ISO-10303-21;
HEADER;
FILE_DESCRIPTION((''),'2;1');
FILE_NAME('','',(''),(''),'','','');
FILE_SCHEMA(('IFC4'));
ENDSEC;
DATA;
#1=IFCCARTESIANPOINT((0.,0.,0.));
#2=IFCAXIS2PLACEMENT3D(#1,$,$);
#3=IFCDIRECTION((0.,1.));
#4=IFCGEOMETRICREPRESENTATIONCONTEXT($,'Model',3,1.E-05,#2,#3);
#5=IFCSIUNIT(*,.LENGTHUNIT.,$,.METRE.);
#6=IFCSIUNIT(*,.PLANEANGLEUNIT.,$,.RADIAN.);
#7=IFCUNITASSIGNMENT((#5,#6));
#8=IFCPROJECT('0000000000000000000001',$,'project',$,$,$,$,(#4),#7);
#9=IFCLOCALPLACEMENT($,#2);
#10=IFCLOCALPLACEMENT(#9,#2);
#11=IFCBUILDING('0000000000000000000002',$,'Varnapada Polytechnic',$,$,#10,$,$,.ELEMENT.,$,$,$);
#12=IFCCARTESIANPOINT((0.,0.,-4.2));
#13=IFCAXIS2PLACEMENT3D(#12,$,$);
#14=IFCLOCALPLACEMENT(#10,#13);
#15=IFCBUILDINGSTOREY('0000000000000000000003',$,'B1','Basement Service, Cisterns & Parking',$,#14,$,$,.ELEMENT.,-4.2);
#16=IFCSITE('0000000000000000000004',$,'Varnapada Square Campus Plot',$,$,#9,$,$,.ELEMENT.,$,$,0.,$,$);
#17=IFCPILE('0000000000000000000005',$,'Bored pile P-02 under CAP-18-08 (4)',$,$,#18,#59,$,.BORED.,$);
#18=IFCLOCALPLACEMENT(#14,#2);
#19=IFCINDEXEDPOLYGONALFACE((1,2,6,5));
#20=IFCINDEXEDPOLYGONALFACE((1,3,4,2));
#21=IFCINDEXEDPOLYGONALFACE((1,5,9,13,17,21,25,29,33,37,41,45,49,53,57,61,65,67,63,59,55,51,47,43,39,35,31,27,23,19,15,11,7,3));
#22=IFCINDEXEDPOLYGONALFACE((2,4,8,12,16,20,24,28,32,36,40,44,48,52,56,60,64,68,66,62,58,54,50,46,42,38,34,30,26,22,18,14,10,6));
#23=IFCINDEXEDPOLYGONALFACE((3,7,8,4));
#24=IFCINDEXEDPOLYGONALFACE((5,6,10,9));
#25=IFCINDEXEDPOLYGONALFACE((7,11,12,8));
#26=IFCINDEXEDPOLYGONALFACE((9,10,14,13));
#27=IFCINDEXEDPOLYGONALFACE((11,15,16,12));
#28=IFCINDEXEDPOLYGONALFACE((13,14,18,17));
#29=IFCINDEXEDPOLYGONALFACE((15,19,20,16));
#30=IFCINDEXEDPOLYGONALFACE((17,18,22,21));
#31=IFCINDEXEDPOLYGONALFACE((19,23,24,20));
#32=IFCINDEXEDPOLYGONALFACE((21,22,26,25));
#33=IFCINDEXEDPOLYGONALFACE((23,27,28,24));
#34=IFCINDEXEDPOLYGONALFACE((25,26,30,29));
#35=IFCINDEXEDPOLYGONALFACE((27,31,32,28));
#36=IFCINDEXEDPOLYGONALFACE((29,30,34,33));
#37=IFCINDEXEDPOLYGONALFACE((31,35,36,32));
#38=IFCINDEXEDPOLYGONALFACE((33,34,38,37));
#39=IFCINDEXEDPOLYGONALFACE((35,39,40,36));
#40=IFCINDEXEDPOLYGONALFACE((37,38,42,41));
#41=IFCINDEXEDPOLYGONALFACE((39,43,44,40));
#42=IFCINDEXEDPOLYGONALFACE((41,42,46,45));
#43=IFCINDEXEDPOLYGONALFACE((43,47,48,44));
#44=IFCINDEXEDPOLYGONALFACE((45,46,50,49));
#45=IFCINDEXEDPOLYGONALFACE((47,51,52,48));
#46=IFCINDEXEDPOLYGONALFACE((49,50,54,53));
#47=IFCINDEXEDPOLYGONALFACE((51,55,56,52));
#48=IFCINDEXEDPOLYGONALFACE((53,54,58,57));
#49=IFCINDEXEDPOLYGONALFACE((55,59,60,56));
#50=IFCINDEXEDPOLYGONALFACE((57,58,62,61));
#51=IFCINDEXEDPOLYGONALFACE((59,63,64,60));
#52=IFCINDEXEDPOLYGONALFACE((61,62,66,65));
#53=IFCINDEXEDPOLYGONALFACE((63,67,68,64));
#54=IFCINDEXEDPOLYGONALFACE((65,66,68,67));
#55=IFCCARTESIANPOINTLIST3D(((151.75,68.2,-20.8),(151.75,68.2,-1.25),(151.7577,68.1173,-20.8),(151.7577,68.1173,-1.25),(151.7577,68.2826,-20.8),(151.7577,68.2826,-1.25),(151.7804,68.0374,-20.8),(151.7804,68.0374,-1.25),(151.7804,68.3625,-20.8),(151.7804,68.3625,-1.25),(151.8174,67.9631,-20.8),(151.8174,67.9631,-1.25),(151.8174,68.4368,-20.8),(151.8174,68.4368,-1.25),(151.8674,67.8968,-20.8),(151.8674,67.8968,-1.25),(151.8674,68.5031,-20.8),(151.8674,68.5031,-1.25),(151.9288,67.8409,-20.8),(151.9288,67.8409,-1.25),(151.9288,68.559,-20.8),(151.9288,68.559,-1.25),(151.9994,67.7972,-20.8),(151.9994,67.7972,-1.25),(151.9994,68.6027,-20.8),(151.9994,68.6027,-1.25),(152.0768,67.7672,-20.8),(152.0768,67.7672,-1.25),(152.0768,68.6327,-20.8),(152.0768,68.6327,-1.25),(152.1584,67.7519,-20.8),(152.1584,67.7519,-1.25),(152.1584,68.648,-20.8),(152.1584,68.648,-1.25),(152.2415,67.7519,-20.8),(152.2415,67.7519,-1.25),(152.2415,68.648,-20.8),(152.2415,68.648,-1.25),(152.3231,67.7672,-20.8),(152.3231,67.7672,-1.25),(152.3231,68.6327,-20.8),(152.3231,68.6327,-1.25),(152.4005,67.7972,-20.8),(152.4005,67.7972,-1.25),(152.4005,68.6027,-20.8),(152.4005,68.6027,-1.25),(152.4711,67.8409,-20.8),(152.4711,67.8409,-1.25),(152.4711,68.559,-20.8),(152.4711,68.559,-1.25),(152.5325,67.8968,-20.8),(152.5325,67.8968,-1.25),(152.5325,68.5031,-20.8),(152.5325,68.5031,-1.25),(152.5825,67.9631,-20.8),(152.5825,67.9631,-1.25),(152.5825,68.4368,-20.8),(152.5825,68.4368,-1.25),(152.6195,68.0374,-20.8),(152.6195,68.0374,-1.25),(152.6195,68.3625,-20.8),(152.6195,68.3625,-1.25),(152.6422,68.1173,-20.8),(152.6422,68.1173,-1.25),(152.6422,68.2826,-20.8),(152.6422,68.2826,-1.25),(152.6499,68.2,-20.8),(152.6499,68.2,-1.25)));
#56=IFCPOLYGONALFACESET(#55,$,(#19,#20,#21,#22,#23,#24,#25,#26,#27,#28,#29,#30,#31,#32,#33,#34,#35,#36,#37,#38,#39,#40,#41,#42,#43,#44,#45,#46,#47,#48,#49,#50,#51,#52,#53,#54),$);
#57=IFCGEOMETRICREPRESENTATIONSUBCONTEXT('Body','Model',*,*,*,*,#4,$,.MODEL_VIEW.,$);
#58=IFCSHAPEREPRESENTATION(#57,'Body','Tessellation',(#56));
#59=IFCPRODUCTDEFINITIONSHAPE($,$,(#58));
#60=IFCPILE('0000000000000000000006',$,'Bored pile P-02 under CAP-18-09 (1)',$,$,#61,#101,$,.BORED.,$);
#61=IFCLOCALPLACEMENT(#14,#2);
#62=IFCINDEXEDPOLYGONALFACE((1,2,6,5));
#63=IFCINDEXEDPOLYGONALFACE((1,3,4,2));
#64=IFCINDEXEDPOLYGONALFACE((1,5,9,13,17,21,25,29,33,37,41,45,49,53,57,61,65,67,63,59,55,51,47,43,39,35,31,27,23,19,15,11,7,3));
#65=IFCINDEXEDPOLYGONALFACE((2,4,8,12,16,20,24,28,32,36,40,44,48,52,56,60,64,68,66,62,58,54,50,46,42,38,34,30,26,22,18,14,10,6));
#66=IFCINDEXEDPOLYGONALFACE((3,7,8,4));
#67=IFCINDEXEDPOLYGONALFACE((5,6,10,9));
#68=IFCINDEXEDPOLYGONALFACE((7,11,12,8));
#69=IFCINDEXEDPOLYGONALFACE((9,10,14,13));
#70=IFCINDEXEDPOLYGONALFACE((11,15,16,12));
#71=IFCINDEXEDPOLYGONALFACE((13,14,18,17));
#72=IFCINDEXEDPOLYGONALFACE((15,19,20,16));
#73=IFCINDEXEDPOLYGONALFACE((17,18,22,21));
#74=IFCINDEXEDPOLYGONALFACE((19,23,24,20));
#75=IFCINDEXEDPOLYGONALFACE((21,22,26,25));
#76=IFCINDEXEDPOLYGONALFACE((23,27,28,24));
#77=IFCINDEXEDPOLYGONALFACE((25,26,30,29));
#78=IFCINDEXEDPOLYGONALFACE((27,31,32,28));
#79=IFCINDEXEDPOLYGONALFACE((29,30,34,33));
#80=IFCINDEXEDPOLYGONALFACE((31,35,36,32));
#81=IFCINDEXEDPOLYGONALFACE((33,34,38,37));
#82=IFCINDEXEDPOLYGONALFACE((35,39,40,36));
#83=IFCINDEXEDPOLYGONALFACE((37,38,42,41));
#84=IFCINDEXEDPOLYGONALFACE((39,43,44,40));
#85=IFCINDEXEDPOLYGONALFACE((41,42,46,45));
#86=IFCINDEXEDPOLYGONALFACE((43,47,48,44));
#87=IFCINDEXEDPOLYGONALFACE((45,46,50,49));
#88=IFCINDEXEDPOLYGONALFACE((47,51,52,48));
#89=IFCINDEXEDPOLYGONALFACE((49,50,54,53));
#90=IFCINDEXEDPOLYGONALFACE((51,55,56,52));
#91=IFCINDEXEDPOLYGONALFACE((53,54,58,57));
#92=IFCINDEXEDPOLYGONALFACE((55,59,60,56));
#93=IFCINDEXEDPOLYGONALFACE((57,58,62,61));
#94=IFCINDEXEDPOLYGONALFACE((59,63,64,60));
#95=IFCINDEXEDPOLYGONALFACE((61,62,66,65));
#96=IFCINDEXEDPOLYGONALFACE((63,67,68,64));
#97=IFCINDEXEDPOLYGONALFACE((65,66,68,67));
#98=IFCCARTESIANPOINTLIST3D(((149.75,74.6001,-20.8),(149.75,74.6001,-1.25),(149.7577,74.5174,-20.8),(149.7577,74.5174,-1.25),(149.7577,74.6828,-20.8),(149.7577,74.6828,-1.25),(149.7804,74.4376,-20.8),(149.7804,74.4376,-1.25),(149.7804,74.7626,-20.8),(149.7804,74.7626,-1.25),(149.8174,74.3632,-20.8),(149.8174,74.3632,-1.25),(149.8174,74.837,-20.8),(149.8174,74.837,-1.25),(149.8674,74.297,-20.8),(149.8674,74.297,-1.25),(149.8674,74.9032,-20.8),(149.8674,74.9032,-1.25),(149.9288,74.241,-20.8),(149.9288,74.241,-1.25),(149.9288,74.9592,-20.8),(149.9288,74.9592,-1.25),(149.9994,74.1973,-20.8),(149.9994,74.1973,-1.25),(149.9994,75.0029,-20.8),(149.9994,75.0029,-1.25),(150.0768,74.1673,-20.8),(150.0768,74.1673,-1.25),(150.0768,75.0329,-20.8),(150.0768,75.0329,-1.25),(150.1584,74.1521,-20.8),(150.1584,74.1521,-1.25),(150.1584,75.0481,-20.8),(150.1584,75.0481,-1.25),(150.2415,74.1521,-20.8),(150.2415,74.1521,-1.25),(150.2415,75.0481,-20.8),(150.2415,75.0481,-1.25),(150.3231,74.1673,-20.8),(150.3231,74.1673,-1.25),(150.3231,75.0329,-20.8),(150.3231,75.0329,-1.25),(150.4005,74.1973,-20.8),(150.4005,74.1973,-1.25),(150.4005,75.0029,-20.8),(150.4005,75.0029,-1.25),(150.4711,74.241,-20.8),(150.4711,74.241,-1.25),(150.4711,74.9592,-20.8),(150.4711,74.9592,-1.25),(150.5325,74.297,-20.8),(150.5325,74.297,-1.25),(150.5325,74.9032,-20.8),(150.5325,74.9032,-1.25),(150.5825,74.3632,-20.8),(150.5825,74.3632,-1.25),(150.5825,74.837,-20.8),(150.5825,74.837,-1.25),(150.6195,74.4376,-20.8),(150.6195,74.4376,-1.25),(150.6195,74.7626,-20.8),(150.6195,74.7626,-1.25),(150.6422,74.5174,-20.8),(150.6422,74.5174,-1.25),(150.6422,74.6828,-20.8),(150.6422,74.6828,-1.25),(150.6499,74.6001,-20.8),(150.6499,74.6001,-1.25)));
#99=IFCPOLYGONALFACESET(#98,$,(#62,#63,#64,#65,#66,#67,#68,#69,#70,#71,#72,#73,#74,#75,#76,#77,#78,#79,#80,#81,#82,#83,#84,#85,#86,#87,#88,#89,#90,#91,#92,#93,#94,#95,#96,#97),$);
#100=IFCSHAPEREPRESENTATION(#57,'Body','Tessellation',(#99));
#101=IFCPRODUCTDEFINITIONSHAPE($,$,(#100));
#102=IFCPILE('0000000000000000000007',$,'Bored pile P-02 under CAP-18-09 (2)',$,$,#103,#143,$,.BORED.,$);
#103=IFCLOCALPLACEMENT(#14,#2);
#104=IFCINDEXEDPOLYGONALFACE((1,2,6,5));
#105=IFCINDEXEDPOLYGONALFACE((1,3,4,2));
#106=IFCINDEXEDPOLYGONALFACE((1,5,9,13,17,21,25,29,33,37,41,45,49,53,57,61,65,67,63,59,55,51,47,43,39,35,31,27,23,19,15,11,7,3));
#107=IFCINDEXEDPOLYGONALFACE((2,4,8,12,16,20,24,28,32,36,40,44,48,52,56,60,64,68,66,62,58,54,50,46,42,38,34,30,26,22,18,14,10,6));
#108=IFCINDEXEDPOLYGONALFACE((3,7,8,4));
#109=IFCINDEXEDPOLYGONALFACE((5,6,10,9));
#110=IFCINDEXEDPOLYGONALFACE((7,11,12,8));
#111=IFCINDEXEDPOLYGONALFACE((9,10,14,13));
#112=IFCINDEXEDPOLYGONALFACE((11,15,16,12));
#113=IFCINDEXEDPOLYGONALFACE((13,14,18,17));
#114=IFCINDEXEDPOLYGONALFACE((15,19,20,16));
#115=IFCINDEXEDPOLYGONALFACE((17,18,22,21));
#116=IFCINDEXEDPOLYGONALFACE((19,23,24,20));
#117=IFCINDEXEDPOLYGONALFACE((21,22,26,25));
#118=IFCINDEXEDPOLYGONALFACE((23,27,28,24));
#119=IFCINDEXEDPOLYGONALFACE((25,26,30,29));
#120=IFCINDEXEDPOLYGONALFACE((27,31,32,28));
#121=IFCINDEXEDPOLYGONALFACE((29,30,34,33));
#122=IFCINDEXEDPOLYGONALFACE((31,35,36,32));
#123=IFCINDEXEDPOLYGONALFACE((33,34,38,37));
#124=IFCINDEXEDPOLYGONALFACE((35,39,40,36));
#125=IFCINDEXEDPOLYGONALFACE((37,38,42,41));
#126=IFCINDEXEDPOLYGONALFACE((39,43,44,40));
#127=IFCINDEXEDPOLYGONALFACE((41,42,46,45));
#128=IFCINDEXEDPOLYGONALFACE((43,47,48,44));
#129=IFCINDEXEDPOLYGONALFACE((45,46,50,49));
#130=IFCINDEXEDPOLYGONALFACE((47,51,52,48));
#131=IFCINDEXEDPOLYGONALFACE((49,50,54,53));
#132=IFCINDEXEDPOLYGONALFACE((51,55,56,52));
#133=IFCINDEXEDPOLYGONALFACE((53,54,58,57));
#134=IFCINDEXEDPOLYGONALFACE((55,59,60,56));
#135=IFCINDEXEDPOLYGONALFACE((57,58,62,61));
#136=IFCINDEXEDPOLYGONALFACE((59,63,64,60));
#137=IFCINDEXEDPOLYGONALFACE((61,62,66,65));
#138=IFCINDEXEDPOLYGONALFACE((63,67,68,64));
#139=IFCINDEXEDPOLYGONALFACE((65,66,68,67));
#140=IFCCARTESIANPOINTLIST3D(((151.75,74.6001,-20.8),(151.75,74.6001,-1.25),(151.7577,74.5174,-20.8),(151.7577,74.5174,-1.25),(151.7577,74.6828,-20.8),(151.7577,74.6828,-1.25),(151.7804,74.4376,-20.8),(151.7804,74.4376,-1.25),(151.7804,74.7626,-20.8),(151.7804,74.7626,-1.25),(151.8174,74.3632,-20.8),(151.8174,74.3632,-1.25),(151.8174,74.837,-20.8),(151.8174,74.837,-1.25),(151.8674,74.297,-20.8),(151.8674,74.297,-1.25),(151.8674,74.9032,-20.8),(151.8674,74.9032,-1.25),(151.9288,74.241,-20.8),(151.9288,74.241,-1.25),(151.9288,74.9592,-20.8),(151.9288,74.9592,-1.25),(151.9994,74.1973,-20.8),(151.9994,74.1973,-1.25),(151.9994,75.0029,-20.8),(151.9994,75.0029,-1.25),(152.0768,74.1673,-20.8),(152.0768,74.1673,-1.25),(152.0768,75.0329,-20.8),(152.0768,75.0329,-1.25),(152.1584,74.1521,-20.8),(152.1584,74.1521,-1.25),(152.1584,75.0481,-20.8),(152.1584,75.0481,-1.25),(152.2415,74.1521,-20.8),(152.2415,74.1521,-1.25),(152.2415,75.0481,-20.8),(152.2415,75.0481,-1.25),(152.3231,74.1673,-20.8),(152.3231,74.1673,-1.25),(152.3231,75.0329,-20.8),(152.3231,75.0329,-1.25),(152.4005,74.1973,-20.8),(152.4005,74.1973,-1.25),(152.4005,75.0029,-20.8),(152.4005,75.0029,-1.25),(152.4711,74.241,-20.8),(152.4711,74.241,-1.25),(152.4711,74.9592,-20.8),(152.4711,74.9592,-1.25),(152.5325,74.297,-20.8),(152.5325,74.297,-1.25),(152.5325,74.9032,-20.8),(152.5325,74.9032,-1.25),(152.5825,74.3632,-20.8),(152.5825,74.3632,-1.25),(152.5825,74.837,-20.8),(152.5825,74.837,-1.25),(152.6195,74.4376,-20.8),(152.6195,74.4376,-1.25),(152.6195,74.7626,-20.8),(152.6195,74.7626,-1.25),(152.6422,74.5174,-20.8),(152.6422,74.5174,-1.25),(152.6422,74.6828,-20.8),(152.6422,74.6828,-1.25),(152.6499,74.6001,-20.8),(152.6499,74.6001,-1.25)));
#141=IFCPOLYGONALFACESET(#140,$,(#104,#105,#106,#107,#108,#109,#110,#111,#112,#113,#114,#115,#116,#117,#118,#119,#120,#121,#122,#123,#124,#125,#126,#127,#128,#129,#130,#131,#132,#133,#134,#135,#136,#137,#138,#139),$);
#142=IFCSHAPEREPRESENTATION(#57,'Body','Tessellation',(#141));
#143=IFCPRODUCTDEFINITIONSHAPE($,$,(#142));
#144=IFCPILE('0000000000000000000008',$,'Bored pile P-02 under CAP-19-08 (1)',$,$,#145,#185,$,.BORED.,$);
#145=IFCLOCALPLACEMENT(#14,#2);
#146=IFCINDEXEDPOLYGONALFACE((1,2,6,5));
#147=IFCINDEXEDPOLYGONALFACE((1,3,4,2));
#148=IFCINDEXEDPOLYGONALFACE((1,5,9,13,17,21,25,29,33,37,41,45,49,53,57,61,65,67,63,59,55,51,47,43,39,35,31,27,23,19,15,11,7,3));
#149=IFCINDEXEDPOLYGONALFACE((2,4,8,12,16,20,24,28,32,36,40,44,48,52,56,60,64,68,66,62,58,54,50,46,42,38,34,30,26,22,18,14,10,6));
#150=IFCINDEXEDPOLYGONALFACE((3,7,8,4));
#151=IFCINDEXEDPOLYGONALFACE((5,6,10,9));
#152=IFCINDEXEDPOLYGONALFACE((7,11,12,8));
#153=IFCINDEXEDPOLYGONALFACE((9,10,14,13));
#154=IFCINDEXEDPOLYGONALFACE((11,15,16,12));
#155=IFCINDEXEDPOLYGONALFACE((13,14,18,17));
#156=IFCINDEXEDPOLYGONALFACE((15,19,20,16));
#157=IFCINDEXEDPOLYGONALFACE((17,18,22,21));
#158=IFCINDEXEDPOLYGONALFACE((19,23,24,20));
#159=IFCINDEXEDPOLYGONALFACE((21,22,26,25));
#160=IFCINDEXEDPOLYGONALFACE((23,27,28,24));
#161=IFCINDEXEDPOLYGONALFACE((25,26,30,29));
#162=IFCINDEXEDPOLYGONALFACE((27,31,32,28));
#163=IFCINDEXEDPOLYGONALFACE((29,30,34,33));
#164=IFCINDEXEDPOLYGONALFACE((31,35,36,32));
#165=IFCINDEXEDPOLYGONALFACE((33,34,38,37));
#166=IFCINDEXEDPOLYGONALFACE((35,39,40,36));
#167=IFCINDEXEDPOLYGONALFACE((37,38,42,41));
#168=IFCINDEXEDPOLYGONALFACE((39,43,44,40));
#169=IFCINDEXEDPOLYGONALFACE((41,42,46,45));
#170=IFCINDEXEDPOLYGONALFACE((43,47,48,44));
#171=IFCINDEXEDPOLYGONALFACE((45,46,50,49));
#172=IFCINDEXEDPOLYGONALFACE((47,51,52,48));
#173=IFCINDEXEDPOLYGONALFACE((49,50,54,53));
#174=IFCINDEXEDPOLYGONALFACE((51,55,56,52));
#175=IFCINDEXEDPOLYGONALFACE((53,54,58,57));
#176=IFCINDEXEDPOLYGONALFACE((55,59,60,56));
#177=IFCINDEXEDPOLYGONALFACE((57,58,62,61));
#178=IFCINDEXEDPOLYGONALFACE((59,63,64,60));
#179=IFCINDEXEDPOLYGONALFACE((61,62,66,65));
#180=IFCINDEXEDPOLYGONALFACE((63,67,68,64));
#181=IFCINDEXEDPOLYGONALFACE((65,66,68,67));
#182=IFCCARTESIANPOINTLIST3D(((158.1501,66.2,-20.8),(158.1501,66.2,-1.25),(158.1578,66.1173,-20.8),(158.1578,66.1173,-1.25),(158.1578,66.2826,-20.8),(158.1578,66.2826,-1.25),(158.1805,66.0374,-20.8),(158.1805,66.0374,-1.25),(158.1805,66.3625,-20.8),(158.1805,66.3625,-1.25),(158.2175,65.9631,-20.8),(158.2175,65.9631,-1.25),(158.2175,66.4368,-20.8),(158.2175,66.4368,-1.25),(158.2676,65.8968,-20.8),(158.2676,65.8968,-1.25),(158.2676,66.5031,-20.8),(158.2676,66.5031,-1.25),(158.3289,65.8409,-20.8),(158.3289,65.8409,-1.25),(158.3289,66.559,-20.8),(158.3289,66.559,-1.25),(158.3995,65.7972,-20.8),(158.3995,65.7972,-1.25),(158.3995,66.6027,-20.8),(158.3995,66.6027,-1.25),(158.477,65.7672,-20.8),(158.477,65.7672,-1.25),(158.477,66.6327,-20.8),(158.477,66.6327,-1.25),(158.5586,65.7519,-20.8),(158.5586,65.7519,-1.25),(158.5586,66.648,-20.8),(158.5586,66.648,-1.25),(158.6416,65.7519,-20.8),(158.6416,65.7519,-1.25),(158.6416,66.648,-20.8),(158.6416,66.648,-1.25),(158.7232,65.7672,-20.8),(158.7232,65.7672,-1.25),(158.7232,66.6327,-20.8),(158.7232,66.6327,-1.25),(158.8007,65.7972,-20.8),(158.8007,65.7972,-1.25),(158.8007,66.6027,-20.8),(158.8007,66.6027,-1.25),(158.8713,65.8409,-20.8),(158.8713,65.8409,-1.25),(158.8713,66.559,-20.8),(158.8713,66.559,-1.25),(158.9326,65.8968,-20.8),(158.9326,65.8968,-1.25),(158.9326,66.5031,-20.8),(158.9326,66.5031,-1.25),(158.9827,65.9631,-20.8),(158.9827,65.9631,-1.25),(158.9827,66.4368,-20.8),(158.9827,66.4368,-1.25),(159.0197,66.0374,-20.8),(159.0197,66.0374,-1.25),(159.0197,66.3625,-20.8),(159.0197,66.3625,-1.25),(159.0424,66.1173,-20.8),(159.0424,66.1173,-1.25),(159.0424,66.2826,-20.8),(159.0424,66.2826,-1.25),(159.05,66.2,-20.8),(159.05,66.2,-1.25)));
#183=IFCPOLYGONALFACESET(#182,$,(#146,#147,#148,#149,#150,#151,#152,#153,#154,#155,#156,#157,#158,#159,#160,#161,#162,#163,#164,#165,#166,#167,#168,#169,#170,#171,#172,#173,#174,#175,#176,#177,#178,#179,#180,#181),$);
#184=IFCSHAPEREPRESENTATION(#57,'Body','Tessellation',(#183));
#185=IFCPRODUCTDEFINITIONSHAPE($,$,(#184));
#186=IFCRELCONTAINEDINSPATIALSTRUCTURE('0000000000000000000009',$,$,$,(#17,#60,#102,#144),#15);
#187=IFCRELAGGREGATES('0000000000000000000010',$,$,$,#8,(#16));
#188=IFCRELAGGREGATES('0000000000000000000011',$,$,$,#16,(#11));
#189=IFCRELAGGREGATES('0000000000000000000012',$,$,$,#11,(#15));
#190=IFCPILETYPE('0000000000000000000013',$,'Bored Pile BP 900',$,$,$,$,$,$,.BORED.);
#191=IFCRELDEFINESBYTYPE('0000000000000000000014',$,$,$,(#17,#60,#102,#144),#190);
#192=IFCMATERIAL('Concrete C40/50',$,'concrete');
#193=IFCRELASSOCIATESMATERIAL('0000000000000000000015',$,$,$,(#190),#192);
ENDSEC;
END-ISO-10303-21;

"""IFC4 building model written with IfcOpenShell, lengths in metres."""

from ifc_helpers import new_model, si_unit, direction, frame, origin, origin_2d, place, context, subcontext, project, spatial, circle, extrude, material, material_profile, profile_set, type_object, element, save


model = new_model("IFC4")

# Units and contexts
model_context = context("Model", 3, precision=1e-05, world=origin(), true_north=direction((0.0, 1.0)))
body_context = subcontext(model_context, "Body", "Model", "MODEL_VIEW")
ifc_project = project(units=[si_unit("LENGTHUNIT", "METRE"), si_unit("PLANEANGLEUNIT", "RADIAN")], contexts=[model_context])

# Site, building, storey
site_placement = place(None, origin())
site = spatial("IfcSite", under=ifc_project, at=site_placement, Name="Varnapada Square Campus Plot", CompositionType="ELEMENT", RefElevation=0.0)
building_placement = place(site_placement, origin())
building = spatial("IfcBuilding", under=site, at=building_placement, Name="Varnapada Polytechnic", CompositionType="ELEMENT")
storey_placement = place(building_placement, frame((0.0, 0.0, -4.2)))
storey = spatial("IfcBuildingStorey", under=building, at=storey_placement, Name="B1", Description="Basement Service, Cisterns & Parking", CompositionType="ELEMENT", Elevation=-4.2)

# Piles
ifc_material_1 = material(Name="Concrete C40/50", Category="concrete")
ifc_material_profile_1 = material_profile(ifc_material_1, circle(Radius=0.45, at=origin_2d()), Name="BP 900")
ifc_profile_set_1 = profile_set([ifc_material_profile_1], Name="Concrete C40/50")
pile_type = type_object("IfcPileType", Name="Bored Pile BP 900", PredefinedType="BORED", material=ifc_profile_set_1)
for number, where, z_axis, x_axis, name in (
    (1, (152.2, 68.2, -1.25), (0.0, 0.0, -1.0), (1.0, 0.0, 0.0), "Bored pile P-02 under CAP-18-08 (4)"),
    (2, (150.2, 74.6001, -1.25), (0.0, 0.0, -1.0), (1.0, 0.0, 0.0), "Bored pile P-02 under CAP-18-09 (1)"),
    (3, (152.2, 74.6001, -1.25), (0.0, 0.0, -1.0), (1.0, 0.0, 0.0), "Bored pile P-02 under CAP-18-09 (2)"),
    (4, (158.6001, 66.2, -1.25), (0.0, 0.0, -1.0), (1.0, 0.0, 0.0), "Bored pile P-02 under CAP-19-08 (1)"),
):
    element("IfcPile", number, at=place(storey_placement, frame(where, z_axis=z_axis, x_axis=x_axis)), inside=storey, type_object=pile_type, Name=name, PredefinedType="BORED", context=body_context, shape_type="SweptSolid", body=[
        extrude(circle(Radius=0.45, at=origin_2d()), origin(), (0.0, 0.0, 1.0), 19.55),
    ])

save(model, "model.ifc")
